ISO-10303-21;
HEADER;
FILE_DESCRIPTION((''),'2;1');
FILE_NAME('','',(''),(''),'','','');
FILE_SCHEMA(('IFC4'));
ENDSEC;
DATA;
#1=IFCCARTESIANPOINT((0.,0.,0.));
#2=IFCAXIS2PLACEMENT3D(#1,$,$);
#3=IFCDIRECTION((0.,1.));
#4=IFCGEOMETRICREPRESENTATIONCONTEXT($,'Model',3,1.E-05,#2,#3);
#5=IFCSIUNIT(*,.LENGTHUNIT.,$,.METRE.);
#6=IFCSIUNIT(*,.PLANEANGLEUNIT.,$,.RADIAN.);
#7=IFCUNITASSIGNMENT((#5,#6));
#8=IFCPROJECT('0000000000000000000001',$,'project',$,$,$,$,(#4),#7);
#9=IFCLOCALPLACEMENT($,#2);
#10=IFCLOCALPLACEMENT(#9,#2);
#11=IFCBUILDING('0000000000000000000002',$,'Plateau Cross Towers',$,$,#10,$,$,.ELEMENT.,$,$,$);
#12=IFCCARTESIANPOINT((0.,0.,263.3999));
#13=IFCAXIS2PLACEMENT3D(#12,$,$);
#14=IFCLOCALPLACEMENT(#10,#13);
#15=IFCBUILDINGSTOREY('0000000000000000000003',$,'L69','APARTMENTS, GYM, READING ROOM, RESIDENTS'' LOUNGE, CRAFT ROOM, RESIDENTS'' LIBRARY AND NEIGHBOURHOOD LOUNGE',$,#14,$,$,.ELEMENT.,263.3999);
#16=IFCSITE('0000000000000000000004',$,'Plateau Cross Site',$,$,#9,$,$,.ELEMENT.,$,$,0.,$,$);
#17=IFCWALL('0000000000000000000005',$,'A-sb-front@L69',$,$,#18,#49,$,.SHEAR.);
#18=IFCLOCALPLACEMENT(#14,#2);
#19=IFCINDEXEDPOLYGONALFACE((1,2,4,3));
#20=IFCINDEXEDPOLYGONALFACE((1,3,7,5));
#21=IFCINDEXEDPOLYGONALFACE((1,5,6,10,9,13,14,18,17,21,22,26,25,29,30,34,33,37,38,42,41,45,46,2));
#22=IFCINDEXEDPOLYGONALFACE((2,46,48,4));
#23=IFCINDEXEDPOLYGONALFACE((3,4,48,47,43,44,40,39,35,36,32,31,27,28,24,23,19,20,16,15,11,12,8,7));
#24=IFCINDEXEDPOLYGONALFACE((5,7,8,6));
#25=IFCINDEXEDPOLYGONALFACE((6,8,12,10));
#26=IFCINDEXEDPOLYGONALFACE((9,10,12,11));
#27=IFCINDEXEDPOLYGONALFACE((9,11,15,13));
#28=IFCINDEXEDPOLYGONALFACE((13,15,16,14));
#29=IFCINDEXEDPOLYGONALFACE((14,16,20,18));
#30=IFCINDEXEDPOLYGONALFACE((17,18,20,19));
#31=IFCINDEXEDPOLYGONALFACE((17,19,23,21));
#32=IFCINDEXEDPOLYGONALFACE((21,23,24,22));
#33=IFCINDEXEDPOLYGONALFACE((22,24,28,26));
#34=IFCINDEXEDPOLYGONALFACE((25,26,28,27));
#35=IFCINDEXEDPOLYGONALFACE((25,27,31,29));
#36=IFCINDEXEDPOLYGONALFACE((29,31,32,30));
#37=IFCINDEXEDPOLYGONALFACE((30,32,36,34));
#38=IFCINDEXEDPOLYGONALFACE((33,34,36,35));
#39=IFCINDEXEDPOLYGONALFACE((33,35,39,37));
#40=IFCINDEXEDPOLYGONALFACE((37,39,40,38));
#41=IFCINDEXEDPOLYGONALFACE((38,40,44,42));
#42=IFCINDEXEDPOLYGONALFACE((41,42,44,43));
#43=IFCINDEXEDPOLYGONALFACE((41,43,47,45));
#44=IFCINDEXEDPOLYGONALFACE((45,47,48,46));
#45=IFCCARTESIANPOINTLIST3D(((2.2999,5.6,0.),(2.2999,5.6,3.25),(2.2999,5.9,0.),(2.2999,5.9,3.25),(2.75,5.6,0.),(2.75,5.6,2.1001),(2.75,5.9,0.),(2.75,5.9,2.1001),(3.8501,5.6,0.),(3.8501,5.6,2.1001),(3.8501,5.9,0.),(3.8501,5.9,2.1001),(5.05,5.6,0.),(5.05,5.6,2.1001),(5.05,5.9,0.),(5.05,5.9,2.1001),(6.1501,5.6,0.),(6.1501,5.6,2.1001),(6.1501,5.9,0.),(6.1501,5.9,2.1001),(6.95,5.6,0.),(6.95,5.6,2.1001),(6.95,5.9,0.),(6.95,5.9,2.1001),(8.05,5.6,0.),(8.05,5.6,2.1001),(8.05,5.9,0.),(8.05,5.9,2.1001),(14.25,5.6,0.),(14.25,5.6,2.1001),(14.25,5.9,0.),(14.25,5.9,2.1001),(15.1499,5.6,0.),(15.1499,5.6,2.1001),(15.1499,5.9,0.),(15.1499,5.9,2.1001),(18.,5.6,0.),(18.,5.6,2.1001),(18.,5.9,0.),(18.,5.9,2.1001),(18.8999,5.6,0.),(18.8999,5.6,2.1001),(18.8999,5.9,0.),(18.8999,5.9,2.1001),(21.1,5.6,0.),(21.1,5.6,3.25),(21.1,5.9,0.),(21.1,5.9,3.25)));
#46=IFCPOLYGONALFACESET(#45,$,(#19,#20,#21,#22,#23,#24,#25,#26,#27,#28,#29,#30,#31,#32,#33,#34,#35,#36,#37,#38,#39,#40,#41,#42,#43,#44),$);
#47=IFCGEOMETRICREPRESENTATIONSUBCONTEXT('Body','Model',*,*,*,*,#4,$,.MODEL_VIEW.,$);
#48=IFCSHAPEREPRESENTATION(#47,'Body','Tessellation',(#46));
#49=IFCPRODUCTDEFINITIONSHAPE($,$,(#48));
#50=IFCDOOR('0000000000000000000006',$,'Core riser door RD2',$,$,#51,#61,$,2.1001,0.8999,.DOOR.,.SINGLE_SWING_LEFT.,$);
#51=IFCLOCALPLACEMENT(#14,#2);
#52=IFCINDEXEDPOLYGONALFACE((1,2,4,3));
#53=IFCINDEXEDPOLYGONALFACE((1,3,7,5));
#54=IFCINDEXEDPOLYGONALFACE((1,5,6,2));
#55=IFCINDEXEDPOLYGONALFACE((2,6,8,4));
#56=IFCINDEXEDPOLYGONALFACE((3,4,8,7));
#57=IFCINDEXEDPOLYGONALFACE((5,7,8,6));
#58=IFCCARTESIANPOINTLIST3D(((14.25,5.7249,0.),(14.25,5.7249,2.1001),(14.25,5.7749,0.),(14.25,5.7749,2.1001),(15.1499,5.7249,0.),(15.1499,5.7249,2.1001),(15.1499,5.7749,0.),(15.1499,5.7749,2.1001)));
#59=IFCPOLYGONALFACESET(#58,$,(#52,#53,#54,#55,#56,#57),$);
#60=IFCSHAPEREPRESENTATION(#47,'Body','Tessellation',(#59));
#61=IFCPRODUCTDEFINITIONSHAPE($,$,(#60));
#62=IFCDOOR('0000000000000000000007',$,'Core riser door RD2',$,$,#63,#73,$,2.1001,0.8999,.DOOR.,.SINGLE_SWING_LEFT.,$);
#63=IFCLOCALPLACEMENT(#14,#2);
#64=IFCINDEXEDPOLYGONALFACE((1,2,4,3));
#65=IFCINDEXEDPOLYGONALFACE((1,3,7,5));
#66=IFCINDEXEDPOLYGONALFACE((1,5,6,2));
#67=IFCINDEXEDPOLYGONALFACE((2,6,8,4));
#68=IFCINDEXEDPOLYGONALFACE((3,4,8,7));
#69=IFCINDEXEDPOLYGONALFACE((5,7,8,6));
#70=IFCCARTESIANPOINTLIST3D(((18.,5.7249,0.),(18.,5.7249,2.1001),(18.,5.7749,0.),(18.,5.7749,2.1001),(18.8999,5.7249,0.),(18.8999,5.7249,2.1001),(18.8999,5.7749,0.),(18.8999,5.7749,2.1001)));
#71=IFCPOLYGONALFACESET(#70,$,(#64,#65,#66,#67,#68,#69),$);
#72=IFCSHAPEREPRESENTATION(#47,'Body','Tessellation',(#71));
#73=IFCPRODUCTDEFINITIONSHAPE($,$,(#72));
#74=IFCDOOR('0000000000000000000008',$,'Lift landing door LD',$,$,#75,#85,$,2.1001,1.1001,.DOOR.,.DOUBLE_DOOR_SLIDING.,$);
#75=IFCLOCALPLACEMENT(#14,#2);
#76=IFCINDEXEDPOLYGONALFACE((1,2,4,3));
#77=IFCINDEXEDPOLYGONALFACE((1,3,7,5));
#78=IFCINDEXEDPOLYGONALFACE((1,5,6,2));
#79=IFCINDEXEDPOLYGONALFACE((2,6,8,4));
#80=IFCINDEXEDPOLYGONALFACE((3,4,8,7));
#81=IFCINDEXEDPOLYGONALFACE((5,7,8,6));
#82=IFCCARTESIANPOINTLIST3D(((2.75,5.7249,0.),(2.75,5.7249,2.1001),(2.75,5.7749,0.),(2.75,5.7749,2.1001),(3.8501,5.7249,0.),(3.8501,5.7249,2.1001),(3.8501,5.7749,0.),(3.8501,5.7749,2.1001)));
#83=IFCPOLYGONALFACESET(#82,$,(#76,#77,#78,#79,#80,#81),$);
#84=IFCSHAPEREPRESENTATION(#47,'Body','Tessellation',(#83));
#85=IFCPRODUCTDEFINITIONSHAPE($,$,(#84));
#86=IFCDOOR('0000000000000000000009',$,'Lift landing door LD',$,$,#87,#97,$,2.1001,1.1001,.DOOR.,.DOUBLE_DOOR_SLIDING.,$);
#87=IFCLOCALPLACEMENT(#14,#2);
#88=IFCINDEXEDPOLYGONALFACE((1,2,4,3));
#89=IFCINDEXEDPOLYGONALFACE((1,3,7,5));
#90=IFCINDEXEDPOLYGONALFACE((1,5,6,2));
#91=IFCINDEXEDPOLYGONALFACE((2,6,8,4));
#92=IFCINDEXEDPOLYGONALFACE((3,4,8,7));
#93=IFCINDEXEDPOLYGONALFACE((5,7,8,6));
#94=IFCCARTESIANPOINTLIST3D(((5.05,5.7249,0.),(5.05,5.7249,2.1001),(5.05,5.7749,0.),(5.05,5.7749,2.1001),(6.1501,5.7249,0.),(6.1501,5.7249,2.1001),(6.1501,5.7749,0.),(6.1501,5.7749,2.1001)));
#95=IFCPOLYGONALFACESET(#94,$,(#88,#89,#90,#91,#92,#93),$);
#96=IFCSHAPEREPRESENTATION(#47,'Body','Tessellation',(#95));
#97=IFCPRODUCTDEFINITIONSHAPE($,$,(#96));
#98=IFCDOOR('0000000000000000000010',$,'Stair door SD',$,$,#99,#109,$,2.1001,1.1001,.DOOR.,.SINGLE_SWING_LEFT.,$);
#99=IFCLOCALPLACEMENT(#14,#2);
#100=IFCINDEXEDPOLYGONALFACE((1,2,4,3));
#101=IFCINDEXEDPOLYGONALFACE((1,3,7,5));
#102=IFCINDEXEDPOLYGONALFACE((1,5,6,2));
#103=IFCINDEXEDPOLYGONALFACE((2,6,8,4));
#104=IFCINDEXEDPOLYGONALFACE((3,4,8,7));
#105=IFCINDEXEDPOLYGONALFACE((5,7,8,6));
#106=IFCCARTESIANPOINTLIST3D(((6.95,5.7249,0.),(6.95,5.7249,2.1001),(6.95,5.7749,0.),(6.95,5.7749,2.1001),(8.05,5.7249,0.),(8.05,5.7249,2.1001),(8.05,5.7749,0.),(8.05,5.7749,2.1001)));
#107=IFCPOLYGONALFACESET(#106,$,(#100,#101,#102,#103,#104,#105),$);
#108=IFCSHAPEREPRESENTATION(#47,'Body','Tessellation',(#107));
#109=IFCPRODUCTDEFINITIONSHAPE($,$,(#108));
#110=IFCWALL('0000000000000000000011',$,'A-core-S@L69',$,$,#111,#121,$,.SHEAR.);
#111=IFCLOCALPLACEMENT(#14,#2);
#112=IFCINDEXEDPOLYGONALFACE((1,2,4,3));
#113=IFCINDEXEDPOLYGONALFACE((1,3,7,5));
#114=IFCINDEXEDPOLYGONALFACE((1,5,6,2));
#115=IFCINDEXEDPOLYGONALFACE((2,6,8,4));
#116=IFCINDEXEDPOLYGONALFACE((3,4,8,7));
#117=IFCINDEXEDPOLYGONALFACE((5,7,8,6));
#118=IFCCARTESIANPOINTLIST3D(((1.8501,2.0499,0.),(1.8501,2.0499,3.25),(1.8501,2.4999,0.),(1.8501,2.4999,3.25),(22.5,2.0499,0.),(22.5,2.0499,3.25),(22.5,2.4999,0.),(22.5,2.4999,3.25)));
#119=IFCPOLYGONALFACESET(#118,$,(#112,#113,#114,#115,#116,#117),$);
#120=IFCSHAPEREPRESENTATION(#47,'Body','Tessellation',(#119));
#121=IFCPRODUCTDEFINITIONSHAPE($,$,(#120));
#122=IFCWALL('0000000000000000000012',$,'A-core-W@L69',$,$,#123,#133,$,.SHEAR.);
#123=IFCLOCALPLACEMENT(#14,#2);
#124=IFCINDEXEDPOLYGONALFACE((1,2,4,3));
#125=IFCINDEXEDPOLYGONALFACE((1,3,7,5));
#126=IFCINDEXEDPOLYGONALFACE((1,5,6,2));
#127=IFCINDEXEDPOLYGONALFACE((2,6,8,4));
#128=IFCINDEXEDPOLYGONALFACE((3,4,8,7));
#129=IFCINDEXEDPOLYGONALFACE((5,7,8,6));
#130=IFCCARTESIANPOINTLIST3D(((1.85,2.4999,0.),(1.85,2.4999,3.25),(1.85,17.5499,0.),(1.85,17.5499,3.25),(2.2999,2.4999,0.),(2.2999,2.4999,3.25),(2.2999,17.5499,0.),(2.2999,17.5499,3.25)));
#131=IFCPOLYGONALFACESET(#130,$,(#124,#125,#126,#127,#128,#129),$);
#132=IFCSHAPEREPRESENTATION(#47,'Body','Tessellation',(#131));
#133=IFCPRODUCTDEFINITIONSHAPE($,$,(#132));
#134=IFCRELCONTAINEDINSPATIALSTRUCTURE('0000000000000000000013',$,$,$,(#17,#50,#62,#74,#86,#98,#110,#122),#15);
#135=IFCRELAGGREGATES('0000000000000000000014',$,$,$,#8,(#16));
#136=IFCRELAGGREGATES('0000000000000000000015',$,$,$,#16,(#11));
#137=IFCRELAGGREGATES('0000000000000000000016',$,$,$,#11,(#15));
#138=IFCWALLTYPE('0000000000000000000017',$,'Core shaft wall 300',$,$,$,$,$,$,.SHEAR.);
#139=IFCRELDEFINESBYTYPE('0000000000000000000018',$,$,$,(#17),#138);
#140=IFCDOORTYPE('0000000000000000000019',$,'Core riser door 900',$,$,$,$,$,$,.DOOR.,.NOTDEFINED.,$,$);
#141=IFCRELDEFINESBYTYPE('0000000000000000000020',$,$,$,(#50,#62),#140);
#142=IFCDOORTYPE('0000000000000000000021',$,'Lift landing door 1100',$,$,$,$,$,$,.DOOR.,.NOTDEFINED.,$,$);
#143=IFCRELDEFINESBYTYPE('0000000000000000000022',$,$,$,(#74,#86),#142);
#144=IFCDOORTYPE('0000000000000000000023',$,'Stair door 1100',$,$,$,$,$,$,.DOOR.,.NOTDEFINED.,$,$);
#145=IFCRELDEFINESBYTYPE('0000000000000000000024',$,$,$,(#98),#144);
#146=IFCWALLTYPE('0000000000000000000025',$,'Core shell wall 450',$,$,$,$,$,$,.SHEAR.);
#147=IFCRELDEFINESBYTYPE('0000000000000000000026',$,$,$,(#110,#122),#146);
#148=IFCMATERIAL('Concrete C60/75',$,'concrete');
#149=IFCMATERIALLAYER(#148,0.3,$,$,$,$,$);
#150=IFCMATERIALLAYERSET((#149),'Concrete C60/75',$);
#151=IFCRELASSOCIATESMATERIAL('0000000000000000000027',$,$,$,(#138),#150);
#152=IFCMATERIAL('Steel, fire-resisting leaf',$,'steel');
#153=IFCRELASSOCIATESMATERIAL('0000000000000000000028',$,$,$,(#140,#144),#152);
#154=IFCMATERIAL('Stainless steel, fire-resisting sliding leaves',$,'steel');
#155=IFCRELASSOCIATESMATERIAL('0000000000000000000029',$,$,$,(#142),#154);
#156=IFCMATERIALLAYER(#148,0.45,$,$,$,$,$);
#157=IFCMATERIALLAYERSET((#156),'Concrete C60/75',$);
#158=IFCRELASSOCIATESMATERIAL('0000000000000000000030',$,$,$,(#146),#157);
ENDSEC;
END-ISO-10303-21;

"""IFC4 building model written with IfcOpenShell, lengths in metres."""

from ifc_helpers import new_model, si_unit, direction, frame, frame_2d, origin, place, context, subcontext, project, spatial, rectangle, extrude, material, layer, layer_set, type_object, element, fill, save


model = new_model("IFC4")

# Units and contexts
model_context = context("Model", 3, precision=1e-05, world=origin(), true_north=direction((0.0, 1.0)))
body_context = subcontext(model_context, "Body", "Model", "MODEL_VIEW")
ifc_project = project(units=[si_unit("LENGTHUNIT", "METRE"), si_unit("PLANEANGLEUNIT", "RADIAN")], contexts=[model_context])

# Site, building, storey
site_placement = place(None, origin())
site = spatial("IfcSite", under=ifc_project, at=site_placement, Name="Plateau Cross Site", CompositionType="ELEMENT", RefElevation=0.0)
building_placement = place(site_placement, origin())
building = spatial("IfcBuilding", under=site, at=building_placement, Name="Plateau Cross Towers", CompositionType="ELEMENT")
storey_placement = place(building_placement, frame((0.0, 0.0, 263.3999)))
storey = spatial("IfcBuildingStorey", under=building, at=storey_placement, Name="L69", Description="APARTMENTS, GYM, READING ROOM, RESIDENTS' LOUNGE, CRAFT ROOM, RESIDENTS' LIBRARY AND NEIGHBOURHOOD LOUNGE", CompositionType="ELEMENT", Elevation=263.3999)

# Shared definitions
ifc_material_1 = material(Name="Concrete C60/75", Category="concrete")

# Shared definitions
ifc_layer_1 = layer(ifc_material_1, 0.3)
ifc_layer_set_1 = layer_set([ifc_layer_1], Name="Concrete C60/75")
wall_type_1 = type_object("IfcWallType", Name="Core shaft wall 300", PredefinedType="SHEAR", material=ifc_layer_set_1)

# Wall, openings, doors
wall_1_placement = place(storey_placement, frame((2.3, 5.75, 0.0), z_axis=(0.0, 0.0, 1.0), x_axis=(1.0, 0.0, 0.0)))
wall_1 = element("IfcWall", 1, at=wall_1_placement, inside=storey, type_object=wall_type_1, Name="A-sb-front@L69", PredefinedType="SHEAR", context=body_context, shape_type="SweptSolid", body=[
    extrude(rectangle(XDim=18.8, YDim=0.3, at=frame_2d((9.3999, 0.0))), origin(), (0.0, 0.0, 1.0), 3.25),
])
opening_1_placement = place(wall_1_placement, frame((4.6499, 0.0, 0.0)))
opening_1 = element("IfcOpeningElement", 2, at=opening_1_placement, cuts=wall_1, PredefinedType="OPENING", context=body_context, shape_type="SweptSolid", body=[
    extrude(rectangle(XDim=1.1001, YDim=2.1001, at=frame_2d((0.55, 1.05))), frame((0.0, 0.1599, 0.0), z_axis=(0.0, -1.0, 0.0), x_axis=(1.0, 0.0, 0.0)), (0.0, 0.0, 1.0), 0.3201),
])
opening_2_placement = place(wall_1_placement, frame((0.45, 0.0, 0.0)))
opening_2 = element("IfcOpeningElement", 3, at=opening_2_placement, cuts=wall_1, PredefinedType="OPENING", context=body_context, shape_type="SweptSolid", body=[
    extrude(rectangle(XDim=1.1001, YDim=2.1001, at=frame_2d((0.55, 1.05))), frame((0.0, 0.1599, 0.0), z_axis=(0.0, -1.0, 0.0), x_axis=(1.0, 0.0, 0.0)), (0.0, 0.0, 1.0), 0.3201),
])
opening_3_placement = place(wall_1_placement, frame((2.75, 0.0, 0.0)))
opening_3 = element("IfcOpeningElement", 4, at=opening_3_placement, cuts=wall_1, PredefinedType="OPENING", context=body_context, shape_type="SweptSolid", body=[
    extrude(rectangle(XDim=1.1001, YDim=2.1001, at=frame_2d((0.55, 1.05))), frame((0.0, 0.1599, 0.0), z_axis=(0.0, -1.0, 0.0), x_axis=(1.0, 0.0, 0.0)), (0.0, 0.0, 1.0), 0.3201),
])
opening_4_placement = place(wall_1_placement, frame((11.95, 0.0, 0.0)))
opening_4 = element("IfcOpeningElement", 5, at=opening_4_placement, cuts=wall_1, PredefinedType="OPENING", context=body_context, shape_type="SweptSolid", body=[
    extrude(rectangle(XDim=0.8999, YDim=2.1001, at=frame_2d((0.45, 1.05))), frame((0.0, 0.1599, 0.0), z_axis=(0.0, -1.0, 0.0), x_axis=(1.0, 0.0, 0.0)), (0.0, 0.0, 1.0), 0.3201),
])
opening_5_placement = place(wall_1_placement, frame((15.7, 0.0, 0.0)))
opening_5 = element("IfcOpeningElement", 6, at=opening_5_placement, cuts=wall_1, PredefinedType="OPENING", context=body_context, shape_type="SweptSolid", body=[
    extrude(rectangle(XDim=0.8999, YDim=2.1001, at=frame_2d((0.45, 1.05))), frame((0.0, 0.1599, 0.0), z_axis=(0.0, -1.0, 0.0), x_axis=(1.0, 0.0, 0.0)), (0.0, 0.0, 1.0), 0.3201),
])
ifc_material_2 = material(Name="Steel, fire-resisting leaf", Category="steel")
door_type_1 = type_object("IfcDoorType", Name="Core riser door 900", OperationType="NOTDEFINED", PredefinedType="DOOR", material=ifc_material_2)
door_1_placement = place(opening_4_placement, origin())
door_1 = element("IfcDoor", 7, at=door_1_placement, inside=storey, type_object=door_type_1, Name="Core riser door RD2", OperationType="SINGLE_SWING_LEFT", OverallHeight=2.1001, OverallWidth=0.8999, PredefinedType="DOOR", context=body_context, shape_type="SweptSolid", body=[
    extrude(rectangle(XDim=0.8999, YDim=2.1001, at=frame_2d((0.45, 1.05))), frame((0.0, 0.0249, 0.0), z_axis=(0.0, -1.0, 0.0), x_axis=(1.0, 0.0, 0.0)), (0.0, 0.0, 1.0), 0.05),
])
fill(opening_4, door_1)
door_2_placement = place(opening_5_placement, origin())
door_2 = element("IfcDoor", 8, at=door_2_placement, inside=storey, type_object=door_type_1, Name="Core riser door RD2", OperationType="SINGLE_SWING_LEFT", OverallHeight=2.1001, OverallWidth=0.8999, PredefinedType="DOOR", context=body_context, shape_type="SweptSolid", body=[
    extrude(rectangle(XDim=0.8999, YDim=2.1001, at=frame_2d((0.45, 1.05))), frame((0.0, 0.0249, 0.0), z_axis=(0.0, -1.0, 0.0), x_axis=(1.0, 0.0, 0.0)), (0.0, 0.0, 1.0), 0.05),
])
fill(opening_5, door_2)
ifc_material_3 = material(Name="Stainless steel, fire-resisting sliding leaves", Category="steel")
door_type_2 = type_object("IfcDoorType", Name="Lift landing door 1100", OperationType="NOTDEFINED", PredefinedType="DOOR", material=ifc_material_3)
door_3_placement = place(opening_2_placement, origin())
door_3 = element("IfcDoor", 9, at=door_3_placement, inside=storey, type_object=door_type_2, Name="Lift landing door LD", OperationType="DOUBLE_DOOR_SLIDING", OverallHeight=2.1001, OverallWidth=1.1001, PredefinedType="DOOR", context=body_context, shape_type="SweptSolid", body=[
    extrude(rectangle(XDim=1.1001, YDim=2.1001, at=frame_2d((0.55, 1.05))), frame((0.0, 0.0249, 0.0), z_axis=(0.0, -1.0, 0.0), x_axis=(1.0, 0.0, 0.0)), (0.0, 0.0, 1.0), 0.05),
])
fill(opening_2, door_3)
door_4_placement = place(opening_3_placement, origin())
door_4 = element("IfcDoor", 10, at=door_4_placement, inside=storey, type_object=door_type_2, Name="Lift landing door LD", OperationType="DOUBLE_DOOR_SLIDING", OverallHeight=2.1001, OverallWidth=1.1001, PredefinedType="DOOR", context=body_context, shape_type="SweptSolid", body=[
    extrude(rectangle(XDim=1.1001, YDim=2.1001, at=frame_2d((0.55, 1.05))), frame((0.0, 0.0249, 0.0), z_axis=(0.0, -1.0, 0.0), x_axis=(1.0, 0.0, 0.0)), (0.0, 0.0, 1.0), 0.05),
])
fill(opening_3, door_4)
door_type_3 = type_object("IfcDoorType", Name="Stair door 1100", OperationType="NOTDEFINED", PredefinedType="DOOR", material=ifc_material_2)
door_5_placement = place(opening_1_placement, origin())
door_5 = element("IfcDoor", 11, at=door_5_placement, inside=storey, type_object=door_type_3, Name="Stair door SD", OperationType="SINGLE_SWING_LEFT", OverallHeight=2.1001, OverallWidth=1.1001, PredefinedType="DOOR", context=body_context, shape_type="SweptSolid", body=[
    extrude(rectangle(XDim=1.1001, YDim=2.1001, at=frame_2d((0.55, 1.05))), frame((0.0, 0.0249, 0.0), z_axis=(0.0, -1.0, 0.0), x_axis=(1.0, 0.0, 0.0)), (0.0, 0.0, 1.0), 0.05),
])
fill(opening_1, door_5)

# Walls
ifc_layer_2 = layer(ifc_material_1, 0.45)
ifc_layer_set_2 = layer_set([ifc_layer_2], Name="Concrete C60/75")
wall_type_2 = type_object("IfcWallType", Name="Core shell wall 450", PredefinedType="SHEAR", material=ifc_layer_set_2)
wall_2_placement = place(storey_placement, frame((1.8501, 2.2749, 0.0), z_axis=(0.0, 0.0, 1.0), x_axis=(1.0, 0.0, 0.0)))
element("IfcWall", 12, at=wall_2_placement, inside=storey, type_object=wall_type_2, Name="A-core-S@L69", PredefinedType="SHEAR", context=body_context, shape_type="SweptSolid", body=[
    extrude(rectangle(XDim=20.6499, YDim=0.45, at=frame_2d((10.325, 0.0))), origin(), (0.0, 0.0, 1.0), 3.25),
])
wall_3_placement = place(storey_placement, frame((2.075, 2.5, 0.0), z_axis=(0.0, 0.0, 1.0), x_axis=(0.0, 1.0, 0.0)))
element("IfcWall", 13, at=wall_3_placement, inside=storey, type_object=wall_type_2, Name="A-core-W@L69", PredefinedType="SHEAR", context=body_context, shape_type="SweptSolid", body=[
    extrude(rectangle(XDim=15.05, YDim=0.45, at=frame_2d((7.5249, 0.0))), origin(), (0.0, 0.0, 1.0), 3.25),
])

save(model, "model.ifc")
